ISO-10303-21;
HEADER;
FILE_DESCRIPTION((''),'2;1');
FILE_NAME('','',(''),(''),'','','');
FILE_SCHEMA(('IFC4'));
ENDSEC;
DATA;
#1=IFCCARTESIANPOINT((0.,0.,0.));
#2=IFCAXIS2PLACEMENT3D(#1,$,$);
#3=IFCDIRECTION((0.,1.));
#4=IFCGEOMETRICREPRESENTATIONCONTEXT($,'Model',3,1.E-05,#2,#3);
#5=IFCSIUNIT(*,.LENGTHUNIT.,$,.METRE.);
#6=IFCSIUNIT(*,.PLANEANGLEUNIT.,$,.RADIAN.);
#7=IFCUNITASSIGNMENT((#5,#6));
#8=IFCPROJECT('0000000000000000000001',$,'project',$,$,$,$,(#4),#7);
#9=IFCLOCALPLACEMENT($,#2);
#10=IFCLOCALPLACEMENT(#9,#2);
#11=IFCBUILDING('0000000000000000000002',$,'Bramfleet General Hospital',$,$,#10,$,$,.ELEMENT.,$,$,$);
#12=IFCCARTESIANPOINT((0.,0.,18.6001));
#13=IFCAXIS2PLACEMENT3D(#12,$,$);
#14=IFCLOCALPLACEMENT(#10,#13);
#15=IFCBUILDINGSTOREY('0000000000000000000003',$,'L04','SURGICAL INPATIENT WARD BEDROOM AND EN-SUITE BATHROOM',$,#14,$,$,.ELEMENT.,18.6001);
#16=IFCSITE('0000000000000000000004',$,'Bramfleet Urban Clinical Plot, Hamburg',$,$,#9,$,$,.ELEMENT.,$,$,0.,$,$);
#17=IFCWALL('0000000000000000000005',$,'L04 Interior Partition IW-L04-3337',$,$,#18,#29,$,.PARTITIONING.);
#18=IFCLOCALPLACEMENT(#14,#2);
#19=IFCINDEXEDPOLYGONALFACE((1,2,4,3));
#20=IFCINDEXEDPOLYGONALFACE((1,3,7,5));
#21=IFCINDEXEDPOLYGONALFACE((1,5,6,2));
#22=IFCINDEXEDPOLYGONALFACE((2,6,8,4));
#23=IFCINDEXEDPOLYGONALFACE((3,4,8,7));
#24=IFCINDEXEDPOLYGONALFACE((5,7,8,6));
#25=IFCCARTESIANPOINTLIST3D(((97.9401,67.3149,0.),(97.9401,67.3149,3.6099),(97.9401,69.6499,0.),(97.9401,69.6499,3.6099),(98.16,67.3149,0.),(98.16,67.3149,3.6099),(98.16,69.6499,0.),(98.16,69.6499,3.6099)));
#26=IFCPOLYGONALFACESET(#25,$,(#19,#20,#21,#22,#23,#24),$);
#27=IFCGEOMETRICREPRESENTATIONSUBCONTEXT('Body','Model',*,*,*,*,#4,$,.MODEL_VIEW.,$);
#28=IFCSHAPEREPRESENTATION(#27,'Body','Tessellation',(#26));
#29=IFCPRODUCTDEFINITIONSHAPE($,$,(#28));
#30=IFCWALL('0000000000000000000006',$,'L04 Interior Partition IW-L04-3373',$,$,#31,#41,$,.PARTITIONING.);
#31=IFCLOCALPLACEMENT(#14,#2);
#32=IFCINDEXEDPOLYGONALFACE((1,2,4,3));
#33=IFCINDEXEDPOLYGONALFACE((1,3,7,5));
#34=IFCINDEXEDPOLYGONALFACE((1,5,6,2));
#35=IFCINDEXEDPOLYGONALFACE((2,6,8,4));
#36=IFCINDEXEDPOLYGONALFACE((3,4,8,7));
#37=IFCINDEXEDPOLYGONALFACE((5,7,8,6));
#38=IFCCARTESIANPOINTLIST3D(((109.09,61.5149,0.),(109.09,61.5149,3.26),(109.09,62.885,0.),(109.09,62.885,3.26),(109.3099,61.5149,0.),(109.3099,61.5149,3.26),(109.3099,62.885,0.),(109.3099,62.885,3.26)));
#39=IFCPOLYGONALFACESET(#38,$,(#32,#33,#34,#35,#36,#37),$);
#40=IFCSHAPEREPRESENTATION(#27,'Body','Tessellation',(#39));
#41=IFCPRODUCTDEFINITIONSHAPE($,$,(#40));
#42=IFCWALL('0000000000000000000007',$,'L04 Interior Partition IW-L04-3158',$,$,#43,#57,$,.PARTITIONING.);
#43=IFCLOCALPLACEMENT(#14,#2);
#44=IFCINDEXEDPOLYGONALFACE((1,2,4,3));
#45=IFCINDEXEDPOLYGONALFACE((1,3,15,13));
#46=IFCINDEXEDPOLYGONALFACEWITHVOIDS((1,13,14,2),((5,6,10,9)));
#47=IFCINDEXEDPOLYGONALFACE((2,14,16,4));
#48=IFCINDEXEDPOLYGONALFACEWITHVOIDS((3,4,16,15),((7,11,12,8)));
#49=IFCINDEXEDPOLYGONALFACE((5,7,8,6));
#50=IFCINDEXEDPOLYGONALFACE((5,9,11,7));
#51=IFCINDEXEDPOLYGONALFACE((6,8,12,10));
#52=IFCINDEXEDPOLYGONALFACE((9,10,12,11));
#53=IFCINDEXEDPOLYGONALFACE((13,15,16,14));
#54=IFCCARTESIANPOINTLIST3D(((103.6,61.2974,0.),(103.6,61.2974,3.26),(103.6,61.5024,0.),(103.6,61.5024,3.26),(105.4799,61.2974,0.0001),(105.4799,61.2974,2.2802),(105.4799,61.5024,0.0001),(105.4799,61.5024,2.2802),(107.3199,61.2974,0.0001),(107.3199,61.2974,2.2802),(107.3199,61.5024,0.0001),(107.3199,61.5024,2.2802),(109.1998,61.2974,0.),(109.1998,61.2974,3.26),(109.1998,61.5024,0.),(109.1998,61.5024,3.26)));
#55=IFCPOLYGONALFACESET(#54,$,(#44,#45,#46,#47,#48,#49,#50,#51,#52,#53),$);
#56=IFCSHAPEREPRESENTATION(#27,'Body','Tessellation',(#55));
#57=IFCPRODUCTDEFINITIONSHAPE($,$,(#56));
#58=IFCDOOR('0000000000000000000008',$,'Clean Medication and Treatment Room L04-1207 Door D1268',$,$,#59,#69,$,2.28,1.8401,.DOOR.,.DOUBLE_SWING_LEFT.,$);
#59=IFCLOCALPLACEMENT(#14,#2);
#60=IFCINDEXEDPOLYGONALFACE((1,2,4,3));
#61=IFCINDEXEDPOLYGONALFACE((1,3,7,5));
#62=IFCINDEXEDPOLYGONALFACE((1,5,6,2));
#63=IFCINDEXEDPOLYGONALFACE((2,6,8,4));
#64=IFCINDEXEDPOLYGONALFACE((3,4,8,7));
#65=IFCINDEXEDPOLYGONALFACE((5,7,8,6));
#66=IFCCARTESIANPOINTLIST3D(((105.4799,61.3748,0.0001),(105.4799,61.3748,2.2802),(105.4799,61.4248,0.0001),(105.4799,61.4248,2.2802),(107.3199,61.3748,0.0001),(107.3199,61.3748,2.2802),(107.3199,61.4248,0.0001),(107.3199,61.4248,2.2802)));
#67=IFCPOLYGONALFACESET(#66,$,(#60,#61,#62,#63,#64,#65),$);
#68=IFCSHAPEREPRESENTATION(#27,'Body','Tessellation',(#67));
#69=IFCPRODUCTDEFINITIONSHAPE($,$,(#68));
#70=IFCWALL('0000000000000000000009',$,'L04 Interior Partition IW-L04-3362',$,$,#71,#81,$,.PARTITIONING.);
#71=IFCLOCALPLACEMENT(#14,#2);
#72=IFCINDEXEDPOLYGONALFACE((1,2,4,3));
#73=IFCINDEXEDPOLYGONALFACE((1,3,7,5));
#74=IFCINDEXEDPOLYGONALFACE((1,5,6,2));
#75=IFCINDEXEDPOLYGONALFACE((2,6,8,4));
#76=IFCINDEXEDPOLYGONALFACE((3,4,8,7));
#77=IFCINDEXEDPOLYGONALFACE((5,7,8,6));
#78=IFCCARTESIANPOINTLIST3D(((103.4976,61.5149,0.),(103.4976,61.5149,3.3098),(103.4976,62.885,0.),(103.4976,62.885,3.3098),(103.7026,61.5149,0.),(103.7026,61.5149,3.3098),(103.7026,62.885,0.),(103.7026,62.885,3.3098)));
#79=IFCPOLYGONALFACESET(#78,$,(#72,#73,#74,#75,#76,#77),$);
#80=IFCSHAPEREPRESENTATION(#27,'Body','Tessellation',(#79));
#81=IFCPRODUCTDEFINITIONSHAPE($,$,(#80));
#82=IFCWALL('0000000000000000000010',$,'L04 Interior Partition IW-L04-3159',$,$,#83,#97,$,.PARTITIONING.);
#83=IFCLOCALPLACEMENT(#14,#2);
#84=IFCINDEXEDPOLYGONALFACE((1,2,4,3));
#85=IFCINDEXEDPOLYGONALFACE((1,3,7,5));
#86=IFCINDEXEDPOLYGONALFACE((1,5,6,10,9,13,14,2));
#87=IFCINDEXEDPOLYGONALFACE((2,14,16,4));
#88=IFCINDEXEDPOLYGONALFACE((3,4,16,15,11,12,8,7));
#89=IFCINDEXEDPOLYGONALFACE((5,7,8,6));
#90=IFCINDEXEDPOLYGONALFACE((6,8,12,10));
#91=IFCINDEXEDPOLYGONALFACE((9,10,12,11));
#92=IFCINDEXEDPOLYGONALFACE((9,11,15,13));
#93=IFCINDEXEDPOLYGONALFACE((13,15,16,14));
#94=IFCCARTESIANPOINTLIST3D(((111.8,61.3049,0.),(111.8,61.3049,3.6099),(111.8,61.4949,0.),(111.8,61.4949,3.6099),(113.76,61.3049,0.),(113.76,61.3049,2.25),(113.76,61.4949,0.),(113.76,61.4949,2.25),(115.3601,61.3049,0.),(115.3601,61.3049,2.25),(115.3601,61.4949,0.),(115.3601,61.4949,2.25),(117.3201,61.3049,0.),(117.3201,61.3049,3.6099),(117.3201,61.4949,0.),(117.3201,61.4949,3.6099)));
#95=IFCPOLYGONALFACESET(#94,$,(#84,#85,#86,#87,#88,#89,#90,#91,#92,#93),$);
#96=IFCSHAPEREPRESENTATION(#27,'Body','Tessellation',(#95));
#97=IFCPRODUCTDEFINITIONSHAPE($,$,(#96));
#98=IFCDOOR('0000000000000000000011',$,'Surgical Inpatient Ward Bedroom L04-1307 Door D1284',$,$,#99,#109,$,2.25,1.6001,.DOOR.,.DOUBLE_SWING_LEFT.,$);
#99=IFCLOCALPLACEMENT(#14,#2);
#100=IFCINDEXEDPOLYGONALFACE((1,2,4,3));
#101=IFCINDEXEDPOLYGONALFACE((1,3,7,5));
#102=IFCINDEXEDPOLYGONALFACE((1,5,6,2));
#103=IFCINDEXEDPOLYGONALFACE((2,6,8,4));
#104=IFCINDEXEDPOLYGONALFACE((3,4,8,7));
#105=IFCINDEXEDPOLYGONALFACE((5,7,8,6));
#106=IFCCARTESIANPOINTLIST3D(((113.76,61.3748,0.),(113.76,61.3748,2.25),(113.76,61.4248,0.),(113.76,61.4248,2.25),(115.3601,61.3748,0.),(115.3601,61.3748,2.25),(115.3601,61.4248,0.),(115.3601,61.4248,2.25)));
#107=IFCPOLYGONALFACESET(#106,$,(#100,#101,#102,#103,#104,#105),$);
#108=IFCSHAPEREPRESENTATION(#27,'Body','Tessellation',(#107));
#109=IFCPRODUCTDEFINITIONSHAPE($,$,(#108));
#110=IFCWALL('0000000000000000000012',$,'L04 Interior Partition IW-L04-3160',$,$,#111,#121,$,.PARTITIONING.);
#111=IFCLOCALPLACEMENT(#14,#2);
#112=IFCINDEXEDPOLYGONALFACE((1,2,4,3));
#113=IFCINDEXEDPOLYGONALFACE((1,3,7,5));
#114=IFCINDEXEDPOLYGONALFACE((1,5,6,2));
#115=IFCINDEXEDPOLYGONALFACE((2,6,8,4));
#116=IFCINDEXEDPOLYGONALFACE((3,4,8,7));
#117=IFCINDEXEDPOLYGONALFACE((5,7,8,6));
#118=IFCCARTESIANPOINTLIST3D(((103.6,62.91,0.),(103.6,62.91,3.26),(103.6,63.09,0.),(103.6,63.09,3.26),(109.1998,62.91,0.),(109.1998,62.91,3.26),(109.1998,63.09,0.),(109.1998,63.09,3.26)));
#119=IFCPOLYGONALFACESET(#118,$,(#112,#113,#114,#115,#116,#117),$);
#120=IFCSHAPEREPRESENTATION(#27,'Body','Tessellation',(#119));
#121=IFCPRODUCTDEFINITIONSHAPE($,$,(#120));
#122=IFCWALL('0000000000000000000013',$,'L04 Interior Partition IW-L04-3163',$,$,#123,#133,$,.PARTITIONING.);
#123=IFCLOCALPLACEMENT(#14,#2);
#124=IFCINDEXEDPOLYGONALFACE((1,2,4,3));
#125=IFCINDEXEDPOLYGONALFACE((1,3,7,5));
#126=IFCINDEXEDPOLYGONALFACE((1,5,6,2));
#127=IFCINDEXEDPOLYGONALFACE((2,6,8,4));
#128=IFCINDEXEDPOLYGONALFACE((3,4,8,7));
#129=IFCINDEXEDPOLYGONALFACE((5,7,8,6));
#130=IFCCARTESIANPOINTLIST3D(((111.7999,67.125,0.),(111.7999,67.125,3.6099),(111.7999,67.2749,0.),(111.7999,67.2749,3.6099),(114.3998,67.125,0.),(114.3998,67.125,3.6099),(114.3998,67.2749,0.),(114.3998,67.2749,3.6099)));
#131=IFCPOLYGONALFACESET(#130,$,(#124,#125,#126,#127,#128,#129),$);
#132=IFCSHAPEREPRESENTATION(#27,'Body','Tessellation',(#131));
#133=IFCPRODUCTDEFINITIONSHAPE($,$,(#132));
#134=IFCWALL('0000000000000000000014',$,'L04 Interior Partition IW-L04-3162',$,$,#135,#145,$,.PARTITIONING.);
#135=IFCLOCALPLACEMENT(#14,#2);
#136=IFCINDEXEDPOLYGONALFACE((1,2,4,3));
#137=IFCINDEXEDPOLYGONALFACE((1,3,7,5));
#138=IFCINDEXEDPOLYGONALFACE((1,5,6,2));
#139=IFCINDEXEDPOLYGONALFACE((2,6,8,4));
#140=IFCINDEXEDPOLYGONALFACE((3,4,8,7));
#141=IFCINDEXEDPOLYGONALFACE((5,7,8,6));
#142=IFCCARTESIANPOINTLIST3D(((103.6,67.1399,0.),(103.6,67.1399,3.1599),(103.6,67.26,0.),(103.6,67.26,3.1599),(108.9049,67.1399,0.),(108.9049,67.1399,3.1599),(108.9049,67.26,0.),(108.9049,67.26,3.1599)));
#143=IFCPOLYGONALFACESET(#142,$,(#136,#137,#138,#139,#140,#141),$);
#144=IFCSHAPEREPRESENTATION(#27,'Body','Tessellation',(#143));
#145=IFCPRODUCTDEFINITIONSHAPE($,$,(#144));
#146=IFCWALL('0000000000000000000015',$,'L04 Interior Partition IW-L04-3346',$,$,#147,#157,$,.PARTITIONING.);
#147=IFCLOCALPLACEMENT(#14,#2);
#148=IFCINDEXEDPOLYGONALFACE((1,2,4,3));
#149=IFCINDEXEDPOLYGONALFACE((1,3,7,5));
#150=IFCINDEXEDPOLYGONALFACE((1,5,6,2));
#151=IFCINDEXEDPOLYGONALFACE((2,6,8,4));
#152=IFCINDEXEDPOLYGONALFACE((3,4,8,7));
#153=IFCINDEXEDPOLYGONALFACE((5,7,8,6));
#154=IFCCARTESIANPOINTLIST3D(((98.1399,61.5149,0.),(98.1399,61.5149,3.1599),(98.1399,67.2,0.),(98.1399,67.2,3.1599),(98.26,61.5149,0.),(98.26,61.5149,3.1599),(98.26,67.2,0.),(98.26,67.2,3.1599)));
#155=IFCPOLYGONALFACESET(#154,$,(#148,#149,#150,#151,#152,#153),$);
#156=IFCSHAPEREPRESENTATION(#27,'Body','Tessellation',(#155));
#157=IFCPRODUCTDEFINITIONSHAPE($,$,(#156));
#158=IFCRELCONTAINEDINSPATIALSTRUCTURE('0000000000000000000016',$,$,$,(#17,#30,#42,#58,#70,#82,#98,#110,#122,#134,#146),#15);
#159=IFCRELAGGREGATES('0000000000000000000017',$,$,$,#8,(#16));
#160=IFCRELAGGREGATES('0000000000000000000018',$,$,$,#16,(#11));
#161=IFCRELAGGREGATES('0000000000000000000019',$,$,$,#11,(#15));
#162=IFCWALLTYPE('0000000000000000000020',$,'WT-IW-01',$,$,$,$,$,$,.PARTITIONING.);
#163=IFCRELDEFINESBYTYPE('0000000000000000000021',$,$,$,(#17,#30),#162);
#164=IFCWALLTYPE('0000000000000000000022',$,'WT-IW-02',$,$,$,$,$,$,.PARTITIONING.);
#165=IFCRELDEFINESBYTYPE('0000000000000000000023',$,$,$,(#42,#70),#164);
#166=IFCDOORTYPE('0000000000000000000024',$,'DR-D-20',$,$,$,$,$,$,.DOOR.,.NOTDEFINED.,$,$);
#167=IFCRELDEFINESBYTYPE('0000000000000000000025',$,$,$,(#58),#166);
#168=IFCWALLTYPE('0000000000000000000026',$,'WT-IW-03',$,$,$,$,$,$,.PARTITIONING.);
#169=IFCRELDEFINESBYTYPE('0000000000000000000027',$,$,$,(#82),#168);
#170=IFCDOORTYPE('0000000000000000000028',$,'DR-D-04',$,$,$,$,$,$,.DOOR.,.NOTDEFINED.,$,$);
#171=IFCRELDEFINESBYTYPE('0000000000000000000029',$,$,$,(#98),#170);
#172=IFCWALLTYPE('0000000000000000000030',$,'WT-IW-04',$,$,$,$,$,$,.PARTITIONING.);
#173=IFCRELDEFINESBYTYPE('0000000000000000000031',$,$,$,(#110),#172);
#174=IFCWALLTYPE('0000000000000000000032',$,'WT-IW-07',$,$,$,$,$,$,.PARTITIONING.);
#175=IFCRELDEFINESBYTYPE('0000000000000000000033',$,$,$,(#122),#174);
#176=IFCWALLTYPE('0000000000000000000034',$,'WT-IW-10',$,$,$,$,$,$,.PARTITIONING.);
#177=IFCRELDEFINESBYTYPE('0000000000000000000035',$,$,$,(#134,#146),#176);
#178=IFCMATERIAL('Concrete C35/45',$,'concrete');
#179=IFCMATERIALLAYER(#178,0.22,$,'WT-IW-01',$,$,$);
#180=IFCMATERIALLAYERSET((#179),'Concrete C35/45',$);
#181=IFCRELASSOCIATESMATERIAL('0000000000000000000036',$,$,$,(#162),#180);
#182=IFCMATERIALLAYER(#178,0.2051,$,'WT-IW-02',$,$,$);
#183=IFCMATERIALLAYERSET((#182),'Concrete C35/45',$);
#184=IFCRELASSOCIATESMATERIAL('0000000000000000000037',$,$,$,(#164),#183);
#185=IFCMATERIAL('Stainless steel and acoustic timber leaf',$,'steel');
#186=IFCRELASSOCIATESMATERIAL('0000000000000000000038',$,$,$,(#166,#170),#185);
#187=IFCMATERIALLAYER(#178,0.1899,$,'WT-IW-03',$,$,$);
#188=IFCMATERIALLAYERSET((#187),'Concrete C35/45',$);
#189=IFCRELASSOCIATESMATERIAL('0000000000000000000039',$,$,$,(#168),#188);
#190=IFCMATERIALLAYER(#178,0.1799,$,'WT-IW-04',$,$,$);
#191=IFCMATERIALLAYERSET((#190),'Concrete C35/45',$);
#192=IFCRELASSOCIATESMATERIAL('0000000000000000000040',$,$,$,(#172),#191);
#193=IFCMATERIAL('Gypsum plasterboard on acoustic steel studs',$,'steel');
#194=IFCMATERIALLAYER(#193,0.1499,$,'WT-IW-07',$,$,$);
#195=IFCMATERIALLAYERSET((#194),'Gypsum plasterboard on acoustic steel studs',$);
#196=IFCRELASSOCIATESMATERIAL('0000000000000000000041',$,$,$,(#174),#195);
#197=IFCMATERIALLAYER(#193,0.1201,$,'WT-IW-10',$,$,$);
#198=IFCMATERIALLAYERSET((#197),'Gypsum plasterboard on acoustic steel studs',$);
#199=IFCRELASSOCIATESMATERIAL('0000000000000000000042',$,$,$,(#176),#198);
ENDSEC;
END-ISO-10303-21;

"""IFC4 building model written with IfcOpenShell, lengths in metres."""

from ifc_helpers import new_model, si_unit, direction, frame, frame_2d, origin, place, context, subcontext, project, spatial, rectangle, extrude, material, layer, layer_set, type_object, element, fill, save


model = new_model("IFC4")

# Units and contexts
model_context = context("Model", 3, precision=1e-05, world=origin(), true_north=direction((0.0, 1.0)))
body_context = subcontext(model_context, "Body", "Model", "MODEL_VIEW")
ifc_project = project(units=[si_unit("LENGTHUNIT", "METRE"), si_unit("PLANEANGLEUNIT", "RADIAN")], contexts=[model_context])

# Site, building, storey
site_placement = place(None, origin())
site = spatial("IfcSite", under=ifc_project, at=site_placement, Name="Bramfleet Urban Clinical Plot, Hamburg", CompositionType="ELEMENT", RefElevation=0.0)
building_placement = place(site_placement, origin())
building = spatial("IfcBuilding", under=site, at=building_placement, Name="Bramfleet General Hospital", CompositionType="ELEMENT")
storey_placement = place(building_placement, frame((0.0, 0.0, 18.6001)))
storey = spatial("IfcBuildingStorey", under=building, at=storey_placement, Name="L04", Description="SURGICAL INPATIENT WARD BEDROOM AND EN-SUITE BATHROOM", CompositionType="ELEMENT", Elevation=18.6001)

# Walls
ifc_material_1 = material(Name="Concrete C35/45", Category="concrete")
ifc_layer_1 = layer(ifc_material_1, 0.22, Name="WT-IW-01")
ifc_layer_set_1 = layer_set([ifc_layer_1], Name="Concrete C35/45")
wall_type_1 = type_object("IfcWallType", Name="WT-IW-01", PredefinedType="PARTITIONING", material=ifc_layer_set_1)
wall_1_placement = place(storey_placement, frame((98.05, 67.3149, 0.0), z_axis=(0.0, 0.0, 1.0), x_axis=(0.0, 1.0, 0.0)))
element("IfcWall", 1, at=wall_1_placement, inside=storey, type_object=wall_type_1, Name="L04 Interior Partition IW-L04-3337", PredefinedType="PARTITIONING", context=body_context, shape_type="SweptSolid", body=[
    extrude(rectangle(XDim=2.335, YDim=0.22, at=frame_2d((1.1675, 0.0))), origin(), (0.0, 0.0, 1.0), 3.6099),
])
wall_2_placement = place(storey_placement, frame((109.2, 61.5149, 0.0), z_axis=(0.0, 0.0, 1.0), x_axis=(0.0, 1.0, 0.0)))
element("IfcWall", 2, at=wall_2_placement, inside=storey, type_object=wall_type_1, Name="L04 Interior Partition IW-L04-3373", PredefinedType="PARTITIONING", context=body_context, shape_type="SweptSolid", body=[
    extrude(rectangle(XDim=1.3701, YDim=0.22, at=frame_2d((0.6851, 0.0))), origin(), (0.0, 0.0, 1.0), 3.26),
])

# Wall, opening, door
ifc_layer_2 = layer(ifc_material_1, 0.2051, Name="WT-IW-02")
ifc_layer_set_2 = layer_set([ifc_layer_2], Name="Concrete C35/45")
wall_type_2 = type_object("IfcWallType", Name="WT-IW-02", PredefinedType="PARTITIONING", material=ifc_layer_set_2)
wall_3_placement = place(storey_placement, frame((103.6001, 61.3999, 0.0), z_axis=(0.0, 0.0, 1.0), x_axis=(1.0, 0.0, 0.0)))
wall_3 = element("IfcWall", 3, at=wall_3_placement, inside=storey, type_object=wall_type_2, Name="L04 Interior Partition IW-L04-3158", PredefinedType="PARTITIONING", context=body_context, shape_type="SweptSolid", body=[
    extrude(rectangle(XDim=5.5999, YDim=0.2051, at=frame_2d((2.7998, 0.0))), origin(), (0.0, 0.0, 1.0), 3.26),
])
opening_1_placement = place(wall_3_placement, frame((1.8799, 0.0, 0.0)))
opening_1 = element("IfcOpeningElement", 4, at=opening_1_placement, cuts=wall_3, PredefinedType="OPENING", context=body_context, shape_type="SweptSolid", body=[
    extrude(rectangle(XDim=1.8401, YDim=2.28, at=frame_2d((0.9199, 1.1401))), frame((0.0, 0.1125, 0.0), z_axis=(0.0, -1.0, 0.0), x_axis=(1.0, 0.0, 0.0)), (0.0, 0.0, 1.0), 0.2251),
])
ifc_material_2 = material(Name="Stainless steel and acoustic timber leaf", Category="steel")
door_type_1 = type_object("IfcDoorType", Name="DR-D-20", OperationType="NOTDEFINED", PredefinedType="DOOR", material=ifc_material_2)
door_1_placement = place(opening_1_placement, origin())
door_1 = element("IfcDoor", 5, at=door_1_placement, inside=storey, type_object=door_type_1, Name="Clean Medication and Treatment Room L04-1207 Door D1268", OperationType="DOUBLE_SWING_LEFT", OverallHeight=2.28, OverallWidth=1.8401, PredefinedType="DOOR", context=body_context, shape_type="SweptSolid", body=[
    extrude(rectangle(XDim=1.8401, YDim=2.28, at=frame_2d((0.9199, 1.1401))), frame((0.0, 0.0249, 0.0), z_axis=(0.0, -1.0, 0.0), x_axis=(1.0, 0.0, 0.0)), (0.0, 0.0, 1.0), 0.05),
])
fill(opening_1, door_1)

# Wall
wall_4_placement = place(storey_placement, frame((103.6001, 61.5149, 0.0), z_axis=(0.0, 0.0, 1.0), x_axis=(0.0, 1.0, 0.0)))
element("IfcWall", 6, at=wall_4_placement, inside=storey, type_object=wall_type_2, Name="L04 Interior Partition IW-L04-3362", PredefinedType="PARTITIONING", context=body_context, shape_type="SweptSolid", body=[
    extrude(rectangle(XDim=1.3701, YDim=0.2051, at=frame_2d((0.6851, 0.0))), origin(), (0.0, 0.0, 1.0), 3.3098),
])

# Wall, opening, door
ifc_layer_3 = layer(ifc_material_1, 0.1899, Name="WT-IW-03")
ifc_layer_set_3 = layer_set([ifc_layer_3], Name="Concrete C35/45")
wall_type_3 = type_object("IfcWallType", Name="WT-IW-03", PredefinedType="PARTITIONING", material=ifc_layer_set_3)
wall_5_placement = place(storey_placement, frame((111.8, 61.3999, 0.0), z_axis=(0.0, 0.0, 1.0), x_axis=(1.0, 0.0, 0.0)))
wall_5 = element("IfcWall", 7, at=wall_5_placement, inside=storey, type_object=wall_type_3, Name="L04 Interior Partition IW-L04-3159", PredefinedType="PARTITIONING", context=body_context, shape_type="SweptSolid", body=[
    extrude(rectangle(XDim=5.52, YDim=0.1899, at=frame_2d((2.76, 0.0))), origin(), (0.0, 0.0, 1.0), 3.6099),
])
opening_2_placement = place(wall_5_placement, frame((1.96, 0.0, 0.0)))
opening_2 = element("IfcOpeningElement", 8, at=opening_2_placement, cuts=wall_5, PredefinedType="OPENING", context=body_context, shape_type="SweptSolid", body=[
    extrude(rectangle(XDim=1.6001, YDim=2.25, at=frame_2d((0.8, 1.125))), frame((0.0, 0.105, 0.0), z_axis=(0.0, -1.0, 0.0), x_axis=(1.0, 0.0, 0.0)), (0.0, 0.0, 1.0), 0.21),
])
door_type_2 = type_object("IfcDoorType", Name="DR-D-04", OperationType="NOTDEFINED", PredefinedType="DOOR", material=ifc_material_2)
door_2_placement = place(opening_2_placement, origin())
door_2 = element("IfcDoor", 9, at=door_2_placement, inside=storey, type_object=door_type_2, Name="Surgical Inpatient Ward Bedroom L04-1307 Door D1284", OperationType="DOUBLE_SWING_LEFT", OverallHeight=2.25, OverallWidth=1.6001, PredefinedType="DOOR", context=body_context, shape_type="SweptSolid", body=[
    extrude(rectangle(XDim=1.6001, YDim=2.25, at=frame_2d((0.8, 1.125))), frame((0.0, 0.0249, 0.0), z_axis=(0.0, -1.0, 0.0), x_axis=(1.0, 0.0, 0.0)), (0.0, 0.0, 1.0), 0.05),
])
fill(opening_2, door_2)

# Walls
ifc_layer_4 = layer(ifc_material_1, 0.1799, Name="WT-IW-04")
ifc_layer_set_4 = layer_set([ifc_layer_4], Name="Concrete C35/45")
wall_type_4 = type_object("IfcWallType", Name="WT-IW-04", PredefinedType="PARTITIONING", material=ifc_layer_set_4)
wall_6_placement = place(storey_placement, frame((103.6001, 63.0, 0.0), z_axis=(0.0, 0.0, 1.0), x_axis=(1.0, 0.0, 0.0)))
element("IfcWall", 10, at=wall_6_placement, inside=storey, type_object=wall_type_4, Name="L04 Interior Partition IW-L04-3160", PredefinedType="PARTITIONING", context=body_context, shape_type="SweptSolid", body=[
    extrude(rectangle(XDim=5.5999, YDim=0.1799, at=frame_2d((2.7998, 0.0))), origin(), (0.0, 0.0, 1.0), 3.26),
])
ifc_material_3 = material(Name="Gypsum plasterboard on acoustic steel studs", Category="steel")
ifc_layer_5 = layer(ifc_material_3, 0.1499, Name="WT-IW-07")
ifc_layer_set_5 = layer_set([ifc_layer_5], Name="Gypsum plasterboard on acoustic steel studs")
wall_type_5 = type_object("IfcWallType", Name="WT-IW-07", PredefinedType="PARTITIONING", material=ifc_layer_set_5)
wall_7_placement = place(storey_placement, frame((111.8, 67.2, 0.0), z_axis=(0.0, 0.0, 1.0), x_axis=(1.0, 0.0, 0.0)))
element("IfcWall", 11, at=wall_7_placement, inside=storey, type_object=wall_type_5, Name="L04 Interior Partition IW-L04-3163", PredefinedType="PARTITIONING", context=body_context, shape_type="SweptSolid", body=[
    extrude(rectangle(XDim=2.5999, YDim=0.1499, at=frame_2d((1.2998, 0.0))), origin(), (0.0, 0.0, 1.0), 3.6099),
])
ifc_layer_6 = layer(ifc_material_3, 0.1201, Name="WT-IW-10")
ifc_layer_set_6 = layer_set([ifc_layer_6], Name="Gypsum plasterboard on acoustic steel studs")
wall_type_6 = type_object("IfcWallType", Name="WT-IW-10", PredefinedType="PARTITIONING", material=ifc_layer_set_6)
wall_8_placement = place(storey_placement, frame((103.6001, 67.2, 0.0), z_axis=(0.0, 0.0, 1.0), x_axis=(1.0, 0.0, 0.0)))
element("IfcWall", 12, at=wall_8_placement, inside=storey, type_object=wall_type_6, Name="L04 Interior Partition IW-L04-3162", PredefinedType="PARTITIONING", context=body_context, shape_type="SweptSolid", body=[
    extrude(rectangle(XDim=5.3049, YDim=0.1201, at=frame_2d((2.6523, 0.0))), origin(), (0.0, 0.0, 1.0), 3.1599),
])
wall_9_placement = place(storey_placement, frame((98.2, 61.5149, 0.0), z_axis=(0.0, 0.0, 1.0), x_axis=(0.0, 1.0, 0.0)))
element("IfcWall", 13, at=wall_9_placement, inside=storey, type_object=wall_type_6, Name="L04 Interior Partition IW-L04-3346", PredefinedType="PARTITIONING", context=body_context, shape_type="SweptSolid", body=[
    extrude(rectangle(XDim=5.6851, YDim=0.1201, at=frame_2d((2.8425, 0.0))), origin(), (0.0, 0.0, 1.0), 3.1599),
])

save(model, "model.ifc")
